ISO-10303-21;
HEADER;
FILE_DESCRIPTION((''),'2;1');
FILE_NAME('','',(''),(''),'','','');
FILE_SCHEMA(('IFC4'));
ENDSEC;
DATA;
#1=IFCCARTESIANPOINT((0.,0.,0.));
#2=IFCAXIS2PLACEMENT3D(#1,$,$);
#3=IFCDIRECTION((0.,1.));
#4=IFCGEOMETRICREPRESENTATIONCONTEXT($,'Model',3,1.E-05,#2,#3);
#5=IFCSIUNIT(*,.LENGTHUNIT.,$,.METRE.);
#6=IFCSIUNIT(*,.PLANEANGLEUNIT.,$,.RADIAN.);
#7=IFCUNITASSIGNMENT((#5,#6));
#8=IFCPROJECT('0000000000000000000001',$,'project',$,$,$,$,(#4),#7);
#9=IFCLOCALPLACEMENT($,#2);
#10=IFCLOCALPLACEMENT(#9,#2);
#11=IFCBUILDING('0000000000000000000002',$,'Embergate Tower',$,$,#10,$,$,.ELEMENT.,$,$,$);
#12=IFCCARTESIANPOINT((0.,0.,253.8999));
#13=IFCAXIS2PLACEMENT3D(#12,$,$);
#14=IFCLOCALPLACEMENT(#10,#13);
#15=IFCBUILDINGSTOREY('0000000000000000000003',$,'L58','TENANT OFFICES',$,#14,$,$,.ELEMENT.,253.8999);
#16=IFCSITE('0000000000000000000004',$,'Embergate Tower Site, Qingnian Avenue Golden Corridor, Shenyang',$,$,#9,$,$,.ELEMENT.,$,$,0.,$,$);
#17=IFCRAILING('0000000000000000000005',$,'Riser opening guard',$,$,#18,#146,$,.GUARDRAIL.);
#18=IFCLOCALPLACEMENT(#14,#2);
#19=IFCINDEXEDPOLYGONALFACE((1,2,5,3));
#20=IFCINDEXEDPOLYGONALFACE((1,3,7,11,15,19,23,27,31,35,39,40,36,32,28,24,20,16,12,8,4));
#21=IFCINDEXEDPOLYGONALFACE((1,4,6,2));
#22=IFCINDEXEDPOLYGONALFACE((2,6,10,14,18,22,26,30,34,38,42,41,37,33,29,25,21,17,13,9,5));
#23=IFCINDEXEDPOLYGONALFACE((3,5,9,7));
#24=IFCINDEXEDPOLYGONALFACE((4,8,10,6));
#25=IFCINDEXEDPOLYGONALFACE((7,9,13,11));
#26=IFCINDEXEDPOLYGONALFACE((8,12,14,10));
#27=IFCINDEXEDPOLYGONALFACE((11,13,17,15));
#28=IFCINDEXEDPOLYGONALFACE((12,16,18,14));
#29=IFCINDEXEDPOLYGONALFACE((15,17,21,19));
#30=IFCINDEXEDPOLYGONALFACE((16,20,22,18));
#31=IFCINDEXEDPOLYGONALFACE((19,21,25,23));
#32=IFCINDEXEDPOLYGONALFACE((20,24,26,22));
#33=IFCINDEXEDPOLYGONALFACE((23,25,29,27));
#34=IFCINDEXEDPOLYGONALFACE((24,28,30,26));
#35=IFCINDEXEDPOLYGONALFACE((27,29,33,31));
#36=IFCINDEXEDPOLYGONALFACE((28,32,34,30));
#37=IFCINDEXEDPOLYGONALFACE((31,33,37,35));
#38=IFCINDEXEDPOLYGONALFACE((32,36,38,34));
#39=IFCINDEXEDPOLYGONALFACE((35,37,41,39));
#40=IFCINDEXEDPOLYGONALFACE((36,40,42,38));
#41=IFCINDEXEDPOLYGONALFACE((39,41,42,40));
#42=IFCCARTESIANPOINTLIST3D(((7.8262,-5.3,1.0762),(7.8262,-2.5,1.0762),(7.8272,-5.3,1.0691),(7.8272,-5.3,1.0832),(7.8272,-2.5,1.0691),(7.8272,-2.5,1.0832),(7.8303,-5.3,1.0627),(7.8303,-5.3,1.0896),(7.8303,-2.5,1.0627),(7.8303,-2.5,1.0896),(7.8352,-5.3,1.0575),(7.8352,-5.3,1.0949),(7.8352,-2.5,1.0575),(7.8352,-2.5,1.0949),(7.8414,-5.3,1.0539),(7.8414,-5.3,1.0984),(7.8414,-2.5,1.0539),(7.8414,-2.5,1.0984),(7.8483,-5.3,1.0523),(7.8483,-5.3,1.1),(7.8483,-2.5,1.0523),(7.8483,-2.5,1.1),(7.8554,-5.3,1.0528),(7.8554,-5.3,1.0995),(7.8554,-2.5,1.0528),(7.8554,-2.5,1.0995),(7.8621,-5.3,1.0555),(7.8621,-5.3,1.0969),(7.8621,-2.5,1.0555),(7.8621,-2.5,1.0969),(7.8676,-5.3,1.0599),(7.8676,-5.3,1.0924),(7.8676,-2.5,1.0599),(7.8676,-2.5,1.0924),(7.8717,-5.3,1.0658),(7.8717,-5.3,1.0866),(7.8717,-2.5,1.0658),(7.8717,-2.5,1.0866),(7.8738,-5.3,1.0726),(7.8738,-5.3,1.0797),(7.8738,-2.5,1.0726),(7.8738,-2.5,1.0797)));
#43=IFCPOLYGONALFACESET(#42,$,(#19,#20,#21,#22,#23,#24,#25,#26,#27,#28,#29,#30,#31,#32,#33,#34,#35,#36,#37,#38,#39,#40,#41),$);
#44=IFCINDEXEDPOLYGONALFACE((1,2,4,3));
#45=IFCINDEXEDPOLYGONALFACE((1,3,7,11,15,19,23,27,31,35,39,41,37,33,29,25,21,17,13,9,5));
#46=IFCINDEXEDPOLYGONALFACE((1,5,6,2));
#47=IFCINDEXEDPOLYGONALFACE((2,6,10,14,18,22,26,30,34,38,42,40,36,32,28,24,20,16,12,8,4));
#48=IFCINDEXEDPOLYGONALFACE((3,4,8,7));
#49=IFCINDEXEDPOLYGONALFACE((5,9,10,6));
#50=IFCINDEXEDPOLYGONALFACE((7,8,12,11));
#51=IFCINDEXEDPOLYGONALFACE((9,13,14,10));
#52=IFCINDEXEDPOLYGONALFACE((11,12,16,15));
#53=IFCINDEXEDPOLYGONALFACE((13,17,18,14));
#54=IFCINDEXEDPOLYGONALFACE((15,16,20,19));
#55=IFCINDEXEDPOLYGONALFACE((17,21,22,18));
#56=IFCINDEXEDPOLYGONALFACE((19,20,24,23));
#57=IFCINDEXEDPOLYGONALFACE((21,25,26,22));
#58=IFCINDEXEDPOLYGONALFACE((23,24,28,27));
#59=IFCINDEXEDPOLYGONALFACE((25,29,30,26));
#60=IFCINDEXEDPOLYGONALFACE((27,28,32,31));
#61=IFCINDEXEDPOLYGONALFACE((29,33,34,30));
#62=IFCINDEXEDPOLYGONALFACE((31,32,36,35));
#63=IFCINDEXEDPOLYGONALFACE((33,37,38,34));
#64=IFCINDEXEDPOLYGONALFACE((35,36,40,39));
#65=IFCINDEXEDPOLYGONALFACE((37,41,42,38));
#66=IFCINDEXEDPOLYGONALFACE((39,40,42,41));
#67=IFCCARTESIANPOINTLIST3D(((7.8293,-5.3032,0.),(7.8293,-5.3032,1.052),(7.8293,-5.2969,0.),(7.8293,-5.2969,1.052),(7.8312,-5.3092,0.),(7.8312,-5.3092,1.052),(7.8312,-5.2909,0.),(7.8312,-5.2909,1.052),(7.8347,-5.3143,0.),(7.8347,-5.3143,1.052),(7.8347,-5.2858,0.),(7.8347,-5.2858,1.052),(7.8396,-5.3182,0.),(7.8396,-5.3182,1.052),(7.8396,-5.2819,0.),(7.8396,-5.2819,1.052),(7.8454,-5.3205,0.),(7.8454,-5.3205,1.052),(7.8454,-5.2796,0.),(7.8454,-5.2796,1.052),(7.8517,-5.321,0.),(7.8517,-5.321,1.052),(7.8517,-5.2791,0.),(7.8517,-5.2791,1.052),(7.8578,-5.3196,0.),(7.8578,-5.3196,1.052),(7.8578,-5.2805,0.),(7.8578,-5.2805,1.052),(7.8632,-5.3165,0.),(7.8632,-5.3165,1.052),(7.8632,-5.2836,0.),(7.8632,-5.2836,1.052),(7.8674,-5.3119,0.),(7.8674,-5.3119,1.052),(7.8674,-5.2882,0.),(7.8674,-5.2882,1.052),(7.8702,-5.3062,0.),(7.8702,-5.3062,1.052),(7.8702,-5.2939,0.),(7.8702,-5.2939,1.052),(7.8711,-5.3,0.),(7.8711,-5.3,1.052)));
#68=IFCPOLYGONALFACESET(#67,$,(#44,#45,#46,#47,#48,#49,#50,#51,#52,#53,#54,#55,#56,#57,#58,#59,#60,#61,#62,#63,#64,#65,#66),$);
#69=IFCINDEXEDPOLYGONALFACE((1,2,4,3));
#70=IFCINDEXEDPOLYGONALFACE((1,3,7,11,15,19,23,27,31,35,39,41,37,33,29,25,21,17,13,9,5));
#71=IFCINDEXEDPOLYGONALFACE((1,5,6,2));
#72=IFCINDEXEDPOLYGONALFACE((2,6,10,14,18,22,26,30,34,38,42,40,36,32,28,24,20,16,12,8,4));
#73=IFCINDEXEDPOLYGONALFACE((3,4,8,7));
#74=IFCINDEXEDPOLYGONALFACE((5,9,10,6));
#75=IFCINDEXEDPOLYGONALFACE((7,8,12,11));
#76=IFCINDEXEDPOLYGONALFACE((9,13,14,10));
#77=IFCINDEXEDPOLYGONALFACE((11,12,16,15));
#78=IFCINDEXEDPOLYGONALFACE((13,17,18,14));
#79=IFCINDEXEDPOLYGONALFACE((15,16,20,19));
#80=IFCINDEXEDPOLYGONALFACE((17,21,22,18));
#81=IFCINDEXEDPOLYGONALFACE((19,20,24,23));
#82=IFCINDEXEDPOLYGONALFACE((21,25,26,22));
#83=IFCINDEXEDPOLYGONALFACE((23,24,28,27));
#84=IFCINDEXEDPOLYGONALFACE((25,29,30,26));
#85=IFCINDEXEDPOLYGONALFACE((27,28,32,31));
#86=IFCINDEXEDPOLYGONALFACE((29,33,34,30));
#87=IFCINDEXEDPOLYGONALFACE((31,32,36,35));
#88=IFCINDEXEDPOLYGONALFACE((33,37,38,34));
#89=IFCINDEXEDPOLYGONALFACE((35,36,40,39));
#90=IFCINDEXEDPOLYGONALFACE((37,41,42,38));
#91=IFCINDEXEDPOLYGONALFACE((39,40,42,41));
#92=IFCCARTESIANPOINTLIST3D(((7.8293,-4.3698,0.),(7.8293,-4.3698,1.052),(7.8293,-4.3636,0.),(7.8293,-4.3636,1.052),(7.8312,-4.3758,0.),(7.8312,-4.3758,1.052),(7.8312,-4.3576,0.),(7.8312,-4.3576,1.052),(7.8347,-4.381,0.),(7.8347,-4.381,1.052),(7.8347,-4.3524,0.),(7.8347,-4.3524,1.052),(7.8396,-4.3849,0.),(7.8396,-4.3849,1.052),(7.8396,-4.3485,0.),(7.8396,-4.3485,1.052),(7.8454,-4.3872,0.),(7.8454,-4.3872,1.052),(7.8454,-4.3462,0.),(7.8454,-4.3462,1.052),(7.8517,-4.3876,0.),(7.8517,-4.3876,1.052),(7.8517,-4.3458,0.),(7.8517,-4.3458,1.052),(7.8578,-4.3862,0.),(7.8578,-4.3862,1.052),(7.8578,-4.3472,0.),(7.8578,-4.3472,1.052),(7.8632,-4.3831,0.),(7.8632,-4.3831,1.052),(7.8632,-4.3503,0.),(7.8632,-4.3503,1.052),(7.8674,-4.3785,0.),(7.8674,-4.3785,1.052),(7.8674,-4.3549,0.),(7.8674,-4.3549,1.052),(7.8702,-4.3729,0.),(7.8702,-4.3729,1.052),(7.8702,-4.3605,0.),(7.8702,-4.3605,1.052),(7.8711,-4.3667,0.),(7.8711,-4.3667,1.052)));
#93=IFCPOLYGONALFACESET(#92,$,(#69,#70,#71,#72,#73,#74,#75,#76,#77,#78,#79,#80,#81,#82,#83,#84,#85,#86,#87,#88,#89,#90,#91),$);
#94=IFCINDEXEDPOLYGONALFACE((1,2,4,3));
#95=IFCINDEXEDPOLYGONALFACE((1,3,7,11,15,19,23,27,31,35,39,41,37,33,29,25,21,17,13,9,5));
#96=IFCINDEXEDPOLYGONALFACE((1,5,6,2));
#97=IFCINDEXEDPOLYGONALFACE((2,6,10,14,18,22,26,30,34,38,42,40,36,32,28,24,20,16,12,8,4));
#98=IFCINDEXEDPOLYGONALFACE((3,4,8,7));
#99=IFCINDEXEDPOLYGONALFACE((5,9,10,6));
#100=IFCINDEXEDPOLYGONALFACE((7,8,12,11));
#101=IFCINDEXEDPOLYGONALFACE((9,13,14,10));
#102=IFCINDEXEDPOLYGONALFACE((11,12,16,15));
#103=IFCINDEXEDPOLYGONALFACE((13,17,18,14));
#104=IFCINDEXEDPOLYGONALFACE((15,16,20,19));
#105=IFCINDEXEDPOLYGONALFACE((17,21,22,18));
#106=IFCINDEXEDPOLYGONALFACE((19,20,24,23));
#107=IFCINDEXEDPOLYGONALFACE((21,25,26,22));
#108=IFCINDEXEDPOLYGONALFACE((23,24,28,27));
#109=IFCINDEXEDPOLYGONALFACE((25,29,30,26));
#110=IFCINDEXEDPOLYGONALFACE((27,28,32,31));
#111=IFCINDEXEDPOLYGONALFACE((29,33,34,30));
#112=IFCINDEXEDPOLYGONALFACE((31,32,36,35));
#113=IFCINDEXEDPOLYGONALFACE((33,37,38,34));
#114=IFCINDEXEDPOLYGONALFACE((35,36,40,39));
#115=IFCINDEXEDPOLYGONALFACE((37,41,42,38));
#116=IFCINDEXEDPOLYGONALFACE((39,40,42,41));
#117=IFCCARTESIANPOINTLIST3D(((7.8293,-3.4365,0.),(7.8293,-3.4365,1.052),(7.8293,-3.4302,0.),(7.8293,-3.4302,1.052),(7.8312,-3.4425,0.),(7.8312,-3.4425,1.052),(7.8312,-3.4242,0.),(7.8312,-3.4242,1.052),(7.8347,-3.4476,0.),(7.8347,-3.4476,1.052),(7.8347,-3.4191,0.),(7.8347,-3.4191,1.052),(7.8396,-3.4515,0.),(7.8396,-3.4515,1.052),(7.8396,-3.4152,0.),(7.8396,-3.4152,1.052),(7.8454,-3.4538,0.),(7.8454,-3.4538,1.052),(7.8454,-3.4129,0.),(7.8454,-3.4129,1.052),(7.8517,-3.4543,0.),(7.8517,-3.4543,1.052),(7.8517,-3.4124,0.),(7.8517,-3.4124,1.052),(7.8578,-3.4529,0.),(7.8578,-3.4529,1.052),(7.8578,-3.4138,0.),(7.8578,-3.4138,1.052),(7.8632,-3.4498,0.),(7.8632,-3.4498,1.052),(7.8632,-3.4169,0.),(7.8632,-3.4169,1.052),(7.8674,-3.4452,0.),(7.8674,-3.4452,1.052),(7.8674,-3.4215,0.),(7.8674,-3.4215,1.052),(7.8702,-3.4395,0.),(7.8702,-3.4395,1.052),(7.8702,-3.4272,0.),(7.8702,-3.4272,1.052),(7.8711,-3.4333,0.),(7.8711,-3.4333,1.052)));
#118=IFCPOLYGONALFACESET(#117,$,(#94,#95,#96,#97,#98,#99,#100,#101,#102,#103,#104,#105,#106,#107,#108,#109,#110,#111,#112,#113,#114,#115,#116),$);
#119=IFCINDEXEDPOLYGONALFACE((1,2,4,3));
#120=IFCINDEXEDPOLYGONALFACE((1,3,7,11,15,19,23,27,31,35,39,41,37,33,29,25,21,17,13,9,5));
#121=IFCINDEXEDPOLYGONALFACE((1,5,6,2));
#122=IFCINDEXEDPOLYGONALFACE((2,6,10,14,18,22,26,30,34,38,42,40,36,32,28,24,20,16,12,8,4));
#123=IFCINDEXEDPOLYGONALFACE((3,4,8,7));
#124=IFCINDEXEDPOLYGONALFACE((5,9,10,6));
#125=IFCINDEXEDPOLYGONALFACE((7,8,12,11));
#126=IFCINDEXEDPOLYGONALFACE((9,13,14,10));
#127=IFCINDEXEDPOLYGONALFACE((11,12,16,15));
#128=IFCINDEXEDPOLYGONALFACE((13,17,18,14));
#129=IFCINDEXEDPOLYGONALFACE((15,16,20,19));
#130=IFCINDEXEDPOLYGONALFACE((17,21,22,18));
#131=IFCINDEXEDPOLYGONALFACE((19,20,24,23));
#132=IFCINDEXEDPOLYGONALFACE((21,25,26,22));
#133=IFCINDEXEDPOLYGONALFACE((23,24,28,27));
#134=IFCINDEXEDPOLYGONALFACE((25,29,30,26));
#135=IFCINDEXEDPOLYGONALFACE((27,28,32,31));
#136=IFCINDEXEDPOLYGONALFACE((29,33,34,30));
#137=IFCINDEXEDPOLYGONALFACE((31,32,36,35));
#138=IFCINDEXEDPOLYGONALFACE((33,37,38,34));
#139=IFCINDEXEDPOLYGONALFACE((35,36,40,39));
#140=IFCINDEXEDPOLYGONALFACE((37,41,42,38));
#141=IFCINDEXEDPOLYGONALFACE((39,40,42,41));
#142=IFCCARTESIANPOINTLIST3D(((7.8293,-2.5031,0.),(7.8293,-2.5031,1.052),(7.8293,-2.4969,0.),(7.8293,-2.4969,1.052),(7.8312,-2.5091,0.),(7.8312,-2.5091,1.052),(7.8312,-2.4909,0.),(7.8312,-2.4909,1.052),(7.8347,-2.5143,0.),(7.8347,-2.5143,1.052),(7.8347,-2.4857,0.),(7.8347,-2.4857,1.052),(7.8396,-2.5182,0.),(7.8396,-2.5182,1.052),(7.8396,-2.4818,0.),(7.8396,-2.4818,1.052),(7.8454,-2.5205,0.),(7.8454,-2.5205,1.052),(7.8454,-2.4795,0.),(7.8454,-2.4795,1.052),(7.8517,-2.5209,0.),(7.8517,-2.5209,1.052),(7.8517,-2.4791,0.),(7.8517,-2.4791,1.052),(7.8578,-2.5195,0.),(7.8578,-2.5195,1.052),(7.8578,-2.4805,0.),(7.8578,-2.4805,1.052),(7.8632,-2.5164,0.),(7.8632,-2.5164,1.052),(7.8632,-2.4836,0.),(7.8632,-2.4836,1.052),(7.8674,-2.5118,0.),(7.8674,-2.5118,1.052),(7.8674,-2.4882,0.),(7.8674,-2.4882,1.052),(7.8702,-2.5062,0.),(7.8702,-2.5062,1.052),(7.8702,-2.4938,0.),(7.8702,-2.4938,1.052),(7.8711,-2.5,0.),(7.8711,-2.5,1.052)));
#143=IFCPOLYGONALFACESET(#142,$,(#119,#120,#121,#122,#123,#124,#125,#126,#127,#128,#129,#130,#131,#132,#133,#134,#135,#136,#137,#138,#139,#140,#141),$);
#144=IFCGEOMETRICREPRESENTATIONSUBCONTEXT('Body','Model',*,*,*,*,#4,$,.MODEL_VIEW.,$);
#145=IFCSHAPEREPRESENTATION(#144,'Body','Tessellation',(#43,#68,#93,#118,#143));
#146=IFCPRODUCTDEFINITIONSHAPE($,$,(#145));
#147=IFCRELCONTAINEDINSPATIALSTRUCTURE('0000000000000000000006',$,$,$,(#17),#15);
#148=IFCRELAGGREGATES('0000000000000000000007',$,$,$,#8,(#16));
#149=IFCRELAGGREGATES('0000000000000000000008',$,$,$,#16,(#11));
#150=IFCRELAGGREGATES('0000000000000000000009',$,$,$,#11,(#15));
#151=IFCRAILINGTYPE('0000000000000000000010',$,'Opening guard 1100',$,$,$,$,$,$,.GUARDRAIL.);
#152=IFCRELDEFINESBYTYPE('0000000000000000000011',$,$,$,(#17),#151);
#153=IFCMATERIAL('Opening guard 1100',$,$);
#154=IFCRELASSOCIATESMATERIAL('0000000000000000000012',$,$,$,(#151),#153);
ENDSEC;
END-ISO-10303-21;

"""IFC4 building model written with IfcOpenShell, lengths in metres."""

from ifc_helpers import new_model, si_unit, direction, frame, origin, origin_2d, place, context, subcontext, project, spatial, circle, extrude, source, transform, mapped, material, type_object, element, save


model = new_model("IFC4")

# Units and contexts
model_context = context("Model", 3, precision=1e-05, world=origin(), true_north=direction((0.0, 1.0)))
body_context = subcontext(model_context, "Body", "Model", "MODEL_VIEW")
ifc_project = project(units=[si_unit("LENGTHUNIT", "METRE"), si_unit("PLANEANGLEUNIT", "RADIAN")], contexts=[model_context])

# Site, building, storey
site_placement = place(None, origin())
site = spatial("IfcSite", under=ifc_project, at=site_placement, Name="Embergate Tower Site, Qingnian Avenue Golden Corridor, Shenyang", CompositionType="ELEMENT", RefElevation=0.0)
building_placement = place(site_placement, origin())
building = spatial("IfcBuilding", under=site, at=building_placement, Name="Embergate Tower", CompositionType="ELEMENT")
storey_placement = place(building_placement, frame((0.0, 0.0, 253.8999)))
storey = spatial("IfcBuildingStorey", under=building, at=storey_placement, Name="L58", Description="TENANT OFFICES", CompositionType="ELEMENT", Elevation=253.8999)

# Railing
ifc_material_1 = material(Name="Opening guard 1100")
railing_type_1 = type_object("IfcRailingType", Name="Opening guard 1100", PredefinedType="GUARDRAIL", material=ifc_material_1)
shared_shape_1 = source(origin(), body_context, "Body", "SweptSolid", [
    extrude(circle(Radius=0.0239, at=origin_2d()), frame((0.0, 0.0, 1.0762), z_axis=(0.0, 1.0, 0.0), x_axis=(-1.0, 0.0, 0.0)), (0.0, 0.0, 1.0), 2.8),
    extrude(circle(Radius=0.021, at=origin_2d()), origin(), (0.0, 0.0, 1.0), 1.052),
    extrude(circle(Radius=0.021, at=origin_2d()), frame((0.0, 0.9333, 0.0)), (0.0, 0.0, 1.0), 1.052),
    extrude(circle(Radius=0.021, at=origin_2d()), frame((0.0, 1.8667, 0.0)), (0.0, 0.0, 1.0), 1.052),
    extrude(circle(Radius=0.021, at=origin_2d()), frame((0.0, 2.8, 0.0)), (0.0, 0.0, 1.0), 1.052),
])
railing_1_placement = place(storey_placement, frame((7.8501, -5.3, 0.0)))
element("IfcRailing", 1, at=railing_1_placement, inside=storey, type_object=railing_type_1, Name="Riser opening guard", PredefinedType="GUARDRAIL", context=body_context, shape_type="MappedRepresentation", body=[
    mapped(shared_shape_1, transform((0.0, 0.0, 0.0))),
])

save(model, "model.ifc")
